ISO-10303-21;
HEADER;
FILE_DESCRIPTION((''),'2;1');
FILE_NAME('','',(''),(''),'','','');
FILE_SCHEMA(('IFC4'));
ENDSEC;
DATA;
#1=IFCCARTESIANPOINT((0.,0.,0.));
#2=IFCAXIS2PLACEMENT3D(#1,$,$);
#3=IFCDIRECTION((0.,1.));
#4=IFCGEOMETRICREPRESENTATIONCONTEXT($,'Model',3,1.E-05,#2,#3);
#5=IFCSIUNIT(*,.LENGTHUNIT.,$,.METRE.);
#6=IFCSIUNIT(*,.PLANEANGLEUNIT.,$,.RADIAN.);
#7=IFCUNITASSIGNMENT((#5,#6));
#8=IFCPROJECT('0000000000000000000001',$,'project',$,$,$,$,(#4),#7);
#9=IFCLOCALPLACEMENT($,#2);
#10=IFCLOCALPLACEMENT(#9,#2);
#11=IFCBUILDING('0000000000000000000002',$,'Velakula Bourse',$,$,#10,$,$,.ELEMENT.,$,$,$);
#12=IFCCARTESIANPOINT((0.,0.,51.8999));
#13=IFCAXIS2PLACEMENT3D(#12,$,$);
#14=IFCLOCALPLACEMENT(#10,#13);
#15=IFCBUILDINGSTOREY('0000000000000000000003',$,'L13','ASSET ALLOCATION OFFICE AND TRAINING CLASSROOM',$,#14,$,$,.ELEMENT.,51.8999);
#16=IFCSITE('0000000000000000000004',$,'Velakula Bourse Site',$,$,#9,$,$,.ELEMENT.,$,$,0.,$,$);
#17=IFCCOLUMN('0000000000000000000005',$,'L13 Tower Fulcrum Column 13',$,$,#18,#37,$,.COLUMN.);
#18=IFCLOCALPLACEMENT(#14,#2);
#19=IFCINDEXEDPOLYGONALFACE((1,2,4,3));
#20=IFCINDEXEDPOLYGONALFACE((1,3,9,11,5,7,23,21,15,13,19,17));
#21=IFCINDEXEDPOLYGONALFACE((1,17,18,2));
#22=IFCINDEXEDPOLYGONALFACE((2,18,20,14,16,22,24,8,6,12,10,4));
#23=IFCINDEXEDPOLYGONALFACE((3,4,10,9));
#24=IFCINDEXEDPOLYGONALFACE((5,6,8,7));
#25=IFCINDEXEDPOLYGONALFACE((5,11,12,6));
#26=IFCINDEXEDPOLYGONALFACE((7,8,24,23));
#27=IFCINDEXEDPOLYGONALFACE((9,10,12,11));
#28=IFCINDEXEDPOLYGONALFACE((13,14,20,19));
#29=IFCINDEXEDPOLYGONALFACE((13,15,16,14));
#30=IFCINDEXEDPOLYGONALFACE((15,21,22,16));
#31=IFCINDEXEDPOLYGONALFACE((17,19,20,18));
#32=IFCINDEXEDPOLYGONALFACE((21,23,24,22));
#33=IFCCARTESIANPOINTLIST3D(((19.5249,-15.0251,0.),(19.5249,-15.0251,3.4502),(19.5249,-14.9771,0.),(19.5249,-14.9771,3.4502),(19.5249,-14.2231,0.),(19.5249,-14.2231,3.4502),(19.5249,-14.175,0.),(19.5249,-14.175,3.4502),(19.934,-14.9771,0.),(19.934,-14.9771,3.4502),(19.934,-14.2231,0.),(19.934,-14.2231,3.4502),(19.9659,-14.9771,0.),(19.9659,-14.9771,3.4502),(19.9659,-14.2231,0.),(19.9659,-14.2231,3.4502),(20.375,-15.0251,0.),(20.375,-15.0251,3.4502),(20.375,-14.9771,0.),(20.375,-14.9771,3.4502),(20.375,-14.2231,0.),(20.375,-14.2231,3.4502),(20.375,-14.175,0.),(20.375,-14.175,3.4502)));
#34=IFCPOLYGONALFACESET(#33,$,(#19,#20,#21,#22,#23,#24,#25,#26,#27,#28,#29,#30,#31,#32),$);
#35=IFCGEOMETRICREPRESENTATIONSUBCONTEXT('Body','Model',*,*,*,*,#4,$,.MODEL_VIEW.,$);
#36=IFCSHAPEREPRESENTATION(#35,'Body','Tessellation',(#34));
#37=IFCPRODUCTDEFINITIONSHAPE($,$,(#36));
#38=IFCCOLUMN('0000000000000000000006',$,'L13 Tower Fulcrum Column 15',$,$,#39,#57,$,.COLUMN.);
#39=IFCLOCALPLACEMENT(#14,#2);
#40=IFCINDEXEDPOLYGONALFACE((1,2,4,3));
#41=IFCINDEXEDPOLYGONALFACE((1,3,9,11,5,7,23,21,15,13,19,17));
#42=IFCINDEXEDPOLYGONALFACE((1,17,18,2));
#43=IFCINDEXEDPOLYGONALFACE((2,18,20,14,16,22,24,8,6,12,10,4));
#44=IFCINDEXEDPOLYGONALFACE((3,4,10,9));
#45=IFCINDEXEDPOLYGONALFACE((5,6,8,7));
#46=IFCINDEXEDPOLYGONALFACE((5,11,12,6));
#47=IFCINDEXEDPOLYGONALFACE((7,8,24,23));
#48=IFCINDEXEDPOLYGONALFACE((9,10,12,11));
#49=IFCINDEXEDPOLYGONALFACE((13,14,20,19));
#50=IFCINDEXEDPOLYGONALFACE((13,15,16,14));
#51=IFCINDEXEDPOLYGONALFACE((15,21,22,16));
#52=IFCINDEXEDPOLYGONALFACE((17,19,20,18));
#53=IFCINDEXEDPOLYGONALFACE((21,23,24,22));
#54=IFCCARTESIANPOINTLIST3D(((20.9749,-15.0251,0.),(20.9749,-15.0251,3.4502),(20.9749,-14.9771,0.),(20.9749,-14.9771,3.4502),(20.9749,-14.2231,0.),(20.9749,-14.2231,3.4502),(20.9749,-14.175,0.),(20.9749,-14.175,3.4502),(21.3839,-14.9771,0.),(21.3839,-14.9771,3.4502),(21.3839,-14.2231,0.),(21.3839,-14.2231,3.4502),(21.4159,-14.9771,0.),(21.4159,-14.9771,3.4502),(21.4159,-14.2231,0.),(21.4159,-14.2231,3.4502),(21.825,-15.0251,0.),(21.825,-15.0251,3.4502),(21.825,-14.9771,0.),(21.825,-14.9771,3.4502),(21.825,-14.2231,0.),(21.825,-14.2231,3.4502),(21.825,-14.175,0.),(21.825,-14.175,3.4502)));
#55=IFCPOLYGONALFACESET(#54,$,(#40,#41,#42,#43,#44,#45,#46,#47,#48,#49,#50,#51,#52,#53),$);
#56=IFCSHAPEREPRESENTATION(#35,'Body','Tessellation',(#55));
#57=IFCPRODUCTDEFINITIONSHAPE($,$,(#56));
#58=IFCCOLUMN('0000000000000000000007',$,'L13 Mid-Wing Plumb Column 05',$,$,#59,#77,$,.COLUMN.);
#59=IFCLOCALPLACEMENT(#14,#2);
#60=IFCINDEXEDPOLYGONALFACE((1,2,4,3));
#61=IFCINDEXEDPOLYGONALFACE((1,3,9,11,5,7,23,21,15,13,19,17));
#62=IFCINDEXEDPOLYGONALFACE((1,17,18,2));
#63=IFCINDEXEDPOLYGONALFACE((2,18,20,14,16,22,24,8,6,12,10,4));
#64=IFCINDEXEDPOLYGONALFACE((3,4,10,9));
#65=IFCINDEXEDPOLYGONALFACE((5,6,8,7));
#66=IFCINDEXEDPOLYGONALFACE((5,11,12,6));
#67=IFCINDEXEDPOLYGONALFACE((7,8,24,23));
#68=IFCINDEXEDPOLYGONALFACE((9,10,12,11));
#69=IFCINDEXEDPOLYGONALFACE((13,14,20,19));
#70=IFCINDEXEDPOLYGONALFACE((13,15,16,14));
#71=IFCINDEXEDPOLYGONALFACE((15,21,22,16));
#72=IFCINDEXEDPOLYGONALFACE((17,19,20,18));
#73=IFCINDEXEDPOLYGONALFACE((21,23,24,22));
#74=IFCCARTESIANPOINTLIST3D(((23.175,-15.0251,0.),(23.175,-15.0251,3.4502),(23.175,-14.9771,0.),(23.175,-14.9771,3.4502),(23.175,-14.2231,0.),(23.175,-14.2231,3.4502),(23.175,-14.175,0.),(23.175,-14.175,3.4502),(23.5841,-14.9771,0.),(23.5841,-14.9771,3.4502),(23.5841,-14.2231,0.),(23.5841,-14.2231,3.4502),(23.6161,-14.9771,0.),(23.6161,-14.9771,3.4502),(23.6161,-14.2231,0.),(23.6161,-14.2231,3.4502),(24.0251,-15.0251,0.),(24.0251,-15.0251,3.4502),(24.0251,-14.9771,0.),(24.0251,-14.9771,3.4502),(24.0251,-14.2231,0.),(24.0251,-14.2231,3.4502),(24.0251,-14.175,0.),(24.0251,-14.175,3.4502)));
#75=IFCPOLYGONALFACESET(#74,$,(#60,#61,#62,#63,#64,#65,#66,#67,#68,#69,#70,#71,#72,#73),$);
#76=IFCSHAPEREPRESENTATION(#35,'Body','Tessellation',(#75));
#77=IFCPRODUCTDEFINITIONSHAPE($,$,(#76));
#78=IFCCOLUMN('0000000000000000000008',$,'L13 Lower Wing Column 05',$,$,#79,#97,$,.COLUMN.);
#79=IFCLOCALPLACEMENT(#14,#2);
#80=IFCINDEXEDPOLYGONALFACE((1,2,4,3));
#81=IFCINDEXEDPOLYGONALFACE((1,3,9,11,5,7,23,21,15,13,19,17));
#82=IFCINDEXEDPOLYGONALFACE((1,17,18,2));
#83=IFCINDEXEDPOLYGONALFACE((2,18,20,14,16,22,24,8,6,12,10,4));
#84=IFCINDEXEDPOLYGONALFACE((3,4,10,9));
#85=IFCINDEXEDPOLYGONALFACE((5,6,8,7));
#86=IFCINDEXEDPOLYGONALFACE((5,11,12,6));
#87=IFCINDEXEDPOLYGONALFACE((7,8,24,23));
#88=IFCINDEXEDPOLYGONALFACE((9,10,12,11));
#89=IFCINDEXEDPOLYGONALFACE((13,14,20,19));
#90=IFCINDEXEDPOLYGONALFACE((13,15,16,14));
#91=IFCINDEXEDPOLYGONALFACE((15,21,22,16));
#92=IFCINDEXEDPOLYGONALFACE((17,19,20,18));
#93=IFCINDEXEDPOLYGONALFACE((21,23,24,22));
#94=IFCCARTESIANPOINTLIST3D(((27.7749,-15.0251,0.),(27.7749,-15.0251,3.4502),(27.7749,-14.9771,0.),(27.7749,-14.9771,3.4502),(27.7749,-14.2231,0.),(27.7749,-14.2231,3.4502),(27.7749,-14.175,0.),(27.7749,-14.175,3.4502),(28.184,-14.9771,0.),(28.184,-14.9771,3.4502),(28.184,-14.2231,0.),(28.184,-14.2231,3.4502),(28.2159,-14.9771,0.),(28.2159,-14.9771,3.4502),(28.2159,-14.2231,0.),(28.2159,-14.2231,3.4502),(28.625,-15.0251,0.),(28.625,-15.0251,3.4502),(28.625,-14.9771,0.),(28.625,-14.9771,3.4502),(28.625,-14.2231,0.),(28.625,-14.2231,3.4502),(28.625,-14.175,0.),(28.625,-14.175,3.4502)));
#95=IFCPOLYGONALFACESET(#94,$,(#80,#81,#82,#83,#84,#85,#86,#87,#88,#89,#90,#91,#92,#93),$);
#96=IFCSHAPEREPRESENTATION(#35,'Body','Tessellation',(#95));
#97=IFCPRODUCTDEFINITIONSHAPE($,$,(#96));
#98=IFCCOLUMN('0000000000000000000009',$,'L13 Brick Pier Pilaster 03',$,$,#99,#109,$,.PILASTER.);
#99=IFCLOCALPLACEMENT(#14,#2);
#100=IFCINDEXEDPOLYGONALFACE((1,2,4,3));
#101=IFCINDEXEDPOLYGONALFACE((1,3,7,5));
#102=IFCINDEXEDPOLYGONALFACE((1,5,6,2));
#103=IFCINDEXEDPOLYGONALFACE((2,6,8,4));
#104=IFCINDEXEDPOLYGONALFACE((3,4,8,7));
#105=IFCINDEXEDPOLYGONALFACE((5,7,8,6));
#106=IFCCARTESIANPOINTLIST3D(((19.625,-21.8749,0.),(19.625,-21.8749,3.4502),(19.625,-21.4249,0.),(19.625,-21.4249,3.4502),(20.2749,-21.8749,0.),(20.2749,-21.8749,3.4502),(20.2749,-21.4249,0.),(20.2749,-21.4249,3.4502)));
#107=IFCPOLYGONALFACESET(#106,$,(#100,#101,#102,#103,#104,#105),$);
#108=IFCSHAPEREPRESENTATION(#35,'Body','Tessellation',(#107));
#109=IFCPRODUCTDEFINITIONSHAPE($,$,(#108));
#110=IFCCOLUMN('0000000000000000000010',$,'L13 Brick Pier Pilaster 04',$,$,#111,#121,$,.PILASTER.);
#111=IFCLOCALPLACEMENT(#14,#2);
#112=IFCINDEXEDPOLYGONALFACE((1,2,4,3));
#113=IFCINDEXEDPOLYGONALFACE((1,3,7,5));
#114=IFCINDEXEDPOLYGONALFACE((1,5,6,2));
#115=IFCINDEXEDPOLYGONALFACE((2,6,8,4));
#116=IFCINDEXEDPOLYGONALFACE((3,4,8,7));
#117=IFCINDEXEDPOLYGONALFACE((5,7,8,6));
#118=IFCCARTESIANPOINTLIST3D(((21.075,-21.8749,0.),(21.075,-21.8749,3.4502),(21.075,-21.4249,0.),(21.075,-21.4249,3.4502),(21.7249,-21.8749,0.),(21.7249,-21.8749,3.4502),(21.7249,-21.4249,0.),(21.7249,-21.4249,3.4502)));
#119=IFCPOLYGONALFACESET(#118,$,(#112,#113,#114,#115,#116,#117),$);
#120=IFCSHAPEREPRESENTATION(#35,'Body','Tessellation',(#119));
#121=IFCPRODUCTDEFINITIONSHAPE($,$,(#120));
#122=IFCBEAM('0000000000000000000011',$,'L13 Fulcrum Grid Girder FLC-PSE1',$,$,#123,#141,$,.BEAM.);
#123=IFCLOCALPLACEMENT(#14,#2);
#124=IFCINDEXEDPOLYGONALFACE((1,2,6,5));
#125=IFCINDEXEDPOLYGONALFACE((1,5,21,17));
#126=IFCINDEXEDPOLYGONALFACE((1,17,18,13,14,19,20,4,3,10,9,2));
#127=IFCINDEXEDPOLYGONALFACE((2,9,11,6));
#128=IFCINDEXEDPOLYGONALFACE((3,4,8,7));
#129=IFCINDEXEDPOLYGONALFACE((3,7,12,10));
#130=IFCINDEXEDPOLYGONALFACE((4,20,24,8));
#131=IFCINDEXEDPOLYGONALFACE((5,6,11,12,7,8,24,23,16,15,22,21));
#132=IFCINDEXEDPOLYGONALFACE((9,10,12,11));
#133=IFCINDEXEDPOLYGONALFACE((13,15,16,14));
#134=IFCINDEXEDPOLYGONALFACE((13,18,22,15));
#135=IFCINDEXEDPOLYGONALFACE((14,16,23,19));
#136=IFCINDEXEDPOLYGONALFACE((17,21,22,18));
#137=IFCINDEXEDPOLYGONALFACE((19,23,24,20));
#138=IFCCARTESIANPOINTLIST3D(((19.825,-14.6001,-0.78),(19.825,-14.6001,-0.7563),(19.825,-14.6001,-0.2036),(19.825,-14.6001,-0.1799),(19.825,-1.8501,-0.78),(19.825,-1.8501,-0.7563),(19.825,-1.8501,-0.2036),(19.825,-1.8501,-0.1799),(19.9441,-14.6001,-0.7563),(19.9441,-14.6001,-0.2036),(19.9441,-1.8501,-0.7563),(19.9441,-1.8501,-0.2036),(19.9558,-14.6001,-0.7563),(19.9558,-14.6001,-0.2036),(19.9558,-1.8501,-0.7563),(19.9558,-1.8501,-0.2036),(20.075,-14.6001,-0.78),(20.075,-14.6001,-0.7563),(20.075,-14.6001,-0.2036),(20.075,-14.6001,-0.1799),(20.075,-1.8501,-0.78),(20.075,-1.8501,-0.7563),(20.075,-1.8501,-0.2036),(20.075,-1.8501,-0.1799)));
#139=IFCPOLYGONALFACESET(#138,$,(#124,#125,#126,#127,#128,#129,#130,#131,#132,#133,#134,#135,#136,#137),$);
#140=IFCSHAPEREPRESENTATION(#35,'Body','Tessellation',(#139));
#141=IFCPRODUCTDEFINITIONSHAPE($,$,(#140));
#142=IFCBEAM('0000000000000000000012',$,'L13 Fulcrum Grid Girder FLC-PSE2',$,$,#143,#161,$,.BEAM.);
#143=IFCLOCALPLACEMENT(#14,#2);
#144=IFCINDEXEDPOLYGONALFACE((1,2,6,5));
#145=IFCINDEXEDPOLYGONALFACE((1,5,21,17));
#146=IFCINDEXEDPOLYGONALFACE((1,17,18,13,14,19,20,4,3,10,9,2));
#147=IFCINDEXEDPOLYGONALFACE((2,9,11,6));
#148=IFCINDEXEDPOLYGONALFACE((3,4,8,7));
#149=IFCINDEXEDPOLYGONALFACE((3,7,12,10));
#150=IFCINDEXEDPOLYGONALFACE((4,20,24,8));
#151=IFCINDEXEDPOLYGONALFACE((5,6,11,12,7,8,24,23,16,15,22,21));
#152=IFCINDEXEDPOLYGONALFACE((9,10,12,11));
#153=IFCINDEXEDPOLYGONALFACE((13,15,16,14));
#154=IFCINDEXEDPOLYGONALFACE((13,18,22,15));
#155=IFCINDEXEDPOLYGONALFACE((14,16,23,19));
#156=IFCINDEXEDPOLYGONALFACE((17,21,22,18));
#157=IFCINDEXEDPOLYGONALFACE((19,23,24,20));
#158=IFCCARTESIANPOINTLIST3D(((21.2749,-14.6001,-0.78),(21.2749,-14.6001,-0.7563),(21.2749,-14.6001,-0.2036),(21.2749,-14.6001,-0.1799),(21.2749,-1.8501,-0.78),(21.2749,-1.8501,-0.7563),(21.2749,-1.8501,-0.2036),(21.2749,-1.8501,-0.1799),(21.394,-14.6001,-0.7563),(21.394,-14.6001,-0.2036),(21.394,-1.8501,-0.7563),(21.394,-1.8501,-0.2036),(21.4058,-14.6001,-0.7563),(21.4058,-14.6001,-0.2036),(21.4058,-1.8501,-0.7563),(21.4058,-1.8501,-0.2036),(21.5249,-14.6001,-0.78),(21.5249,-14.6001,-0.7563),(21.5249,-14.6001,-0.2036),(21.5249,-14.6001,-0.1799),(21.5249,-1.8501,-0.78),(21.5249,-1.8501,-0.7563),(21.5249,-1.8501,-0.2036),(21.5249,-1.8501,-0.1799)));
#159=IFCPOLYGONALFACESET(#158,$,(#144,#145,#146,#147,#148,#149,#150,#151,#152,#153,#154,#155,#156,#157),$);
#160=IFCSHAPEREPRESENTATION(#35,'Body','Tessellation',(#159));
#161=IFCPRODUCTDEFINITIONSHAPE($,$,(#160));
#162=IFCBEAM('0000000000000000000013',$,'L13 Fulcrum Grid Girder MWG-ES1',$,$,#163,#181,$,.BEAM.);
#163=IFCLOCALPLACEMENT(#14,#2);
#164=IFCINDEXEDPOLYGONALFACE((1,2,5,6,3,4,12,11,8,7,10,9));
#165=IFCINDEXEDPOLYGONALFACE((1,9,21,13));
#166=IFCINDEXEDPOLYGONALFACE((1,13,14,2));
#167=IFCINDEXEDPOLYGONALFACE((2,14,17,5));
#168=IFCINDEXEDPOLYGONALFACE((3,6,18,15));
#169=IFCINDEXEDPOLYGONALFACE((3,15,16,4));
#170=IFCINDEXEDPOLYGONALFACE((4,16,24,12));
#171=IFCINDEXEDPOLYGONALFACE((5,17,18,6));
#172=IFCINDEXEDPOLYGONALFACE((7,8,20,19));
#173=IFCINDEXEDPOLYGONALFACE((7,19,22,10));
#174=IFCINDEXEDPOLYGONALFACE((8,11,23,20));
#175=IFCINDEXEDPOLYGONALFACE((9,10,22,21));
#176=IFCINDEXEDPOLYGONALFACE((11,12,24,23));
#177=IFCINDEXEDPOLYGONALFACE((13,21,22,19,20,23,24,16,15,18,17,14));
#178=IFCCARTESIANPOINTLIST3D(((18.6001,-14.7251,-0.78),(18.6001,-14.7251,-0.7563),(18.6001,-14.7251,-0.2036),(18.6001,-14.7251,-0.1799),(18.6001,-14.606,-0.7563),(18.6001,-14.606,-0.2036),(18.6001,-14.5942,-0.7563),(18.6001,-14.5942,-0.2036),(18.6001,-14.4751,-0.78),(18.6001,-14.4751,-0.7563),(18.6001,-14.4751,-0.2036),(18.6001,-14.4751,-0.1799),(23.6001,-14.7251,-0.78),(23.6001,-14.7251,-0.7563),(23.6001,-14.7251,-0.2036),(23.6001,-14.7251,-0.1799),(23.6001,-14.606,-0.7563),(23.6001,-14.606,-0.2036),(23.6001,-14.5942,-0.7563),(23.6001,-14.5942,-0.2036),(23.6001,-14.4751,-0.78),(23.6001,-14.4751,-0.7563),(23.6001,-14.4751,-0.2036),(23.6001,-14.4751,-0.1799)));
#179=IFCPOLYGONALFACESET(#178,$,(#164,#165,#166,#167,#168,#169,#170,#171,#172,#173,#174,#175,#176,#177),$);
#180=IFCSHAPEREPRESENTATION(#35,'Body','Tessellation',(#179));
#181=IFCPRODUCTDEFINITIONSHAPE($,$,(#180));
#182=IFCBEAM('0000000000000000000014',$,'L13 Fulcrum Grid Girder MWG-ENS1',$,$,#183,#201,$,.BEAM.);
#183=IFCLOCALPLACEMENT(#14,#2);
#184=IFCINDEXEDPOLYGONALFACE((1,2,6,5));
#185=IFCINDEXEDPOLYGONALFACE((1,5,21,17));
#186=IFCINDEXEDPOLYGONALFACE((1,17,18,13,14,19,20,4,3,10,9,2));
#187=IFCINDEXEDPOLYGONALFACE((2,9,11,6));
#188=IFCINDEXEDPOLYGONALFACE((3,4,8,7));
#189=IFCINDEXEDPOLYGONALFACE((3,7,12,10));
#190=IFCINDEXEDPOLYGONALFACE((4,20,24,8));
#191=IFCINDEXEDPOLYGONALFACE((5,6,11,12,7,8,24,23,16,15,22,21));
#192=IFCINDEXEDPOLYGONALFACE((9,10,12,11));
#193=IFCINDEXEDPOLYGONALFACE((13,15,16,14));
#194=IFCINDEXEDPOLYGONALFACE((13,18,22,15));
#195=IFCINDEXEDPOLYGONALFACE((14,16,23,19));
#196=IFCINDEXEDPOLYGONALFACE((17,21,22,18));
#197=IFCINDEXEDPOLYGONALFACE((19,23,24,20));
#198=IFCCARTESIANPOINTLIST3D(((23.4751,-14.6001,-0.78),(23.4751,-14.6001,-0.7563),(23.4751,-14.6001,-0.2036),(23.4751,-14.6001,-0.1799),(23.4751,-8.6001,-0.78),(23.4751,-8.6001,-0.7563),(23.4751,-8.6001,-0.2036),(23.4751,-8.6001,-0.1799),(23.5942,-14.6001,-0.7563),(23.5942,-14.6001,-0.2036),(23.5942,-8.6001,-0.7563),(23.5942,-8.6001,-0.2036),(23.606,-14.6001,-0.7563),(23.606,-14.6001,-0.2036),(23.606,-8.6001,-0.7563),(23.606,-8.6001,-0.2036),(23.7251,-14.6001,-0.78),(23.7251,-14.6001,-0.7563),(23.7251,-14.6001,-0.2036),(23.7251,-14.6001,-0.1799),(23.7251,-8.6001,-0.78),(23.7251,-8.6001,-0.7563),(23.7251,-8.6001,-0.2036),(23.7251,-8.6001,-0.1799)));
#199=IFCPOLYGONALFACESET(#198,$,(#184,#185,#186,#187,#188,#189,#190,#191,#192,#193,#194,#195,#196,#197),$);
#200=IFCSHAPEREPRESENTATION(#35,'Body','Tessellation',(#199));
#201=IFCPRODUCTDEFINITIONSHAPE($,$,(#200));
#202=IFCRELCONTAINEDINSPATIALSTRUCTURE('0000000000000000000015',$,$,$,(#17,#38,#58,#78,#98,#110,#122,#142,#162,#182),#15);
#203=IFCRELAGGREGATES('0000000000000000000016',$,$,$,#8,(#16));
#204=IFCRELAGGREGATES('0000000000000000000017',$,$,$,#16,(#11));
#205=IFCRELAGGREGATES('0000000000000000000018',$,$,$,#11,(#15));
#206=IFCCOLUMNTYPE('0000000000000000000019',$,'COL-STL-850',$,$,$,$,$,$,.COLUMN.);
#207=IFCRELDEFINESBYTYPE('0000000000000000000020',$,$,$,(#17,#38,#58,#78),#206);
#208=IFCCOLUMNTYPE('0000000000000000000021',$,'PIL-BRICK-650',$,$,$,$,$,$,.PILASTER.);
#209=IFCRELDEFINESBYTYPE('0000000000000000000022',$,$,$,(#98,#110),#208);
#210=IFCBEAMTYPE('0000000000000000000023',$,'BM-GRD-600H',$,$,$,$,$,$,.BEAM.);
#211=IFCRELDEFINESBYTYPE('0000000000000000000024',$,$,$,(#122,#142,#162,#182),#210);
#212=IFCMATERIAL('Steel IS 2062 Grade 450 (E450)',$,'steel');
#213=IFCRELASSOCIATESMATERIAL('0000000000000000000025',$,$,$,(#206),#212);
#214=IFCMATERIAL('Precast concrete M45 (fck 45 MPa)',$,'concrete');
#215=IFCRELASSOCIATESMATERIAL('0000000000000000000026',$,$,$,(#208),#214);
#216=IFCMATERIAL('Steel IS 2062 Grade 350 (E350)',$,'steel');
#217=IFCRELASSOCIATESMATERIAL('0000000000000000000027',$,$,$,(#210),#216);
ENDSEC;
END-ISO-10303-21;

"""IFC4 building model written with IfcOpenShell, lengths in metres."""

from ifc_helpers import new_model, si_unit, direction, frame, origin, origin_2d, place, context, subcontext, project, spatial, rectangle, i_section, extrude, material, material_profile, profile_set, type_object, element, save


model = new_model("IFC4")

# Units and contexts
model_context = context("Model", 3, precision=1e-05, world=origin(), true_north=direction((0.0, 1.0)))
body_context = subcontext(model_context, "Body", "Model", "MODEL_VIEW")
ifc_project = project(units=[si_unit("LENGTHUNIT", "METRE"), si_unit("PLANEANGLEUNIT", "RADIAN")], contexts=[model_context])

# Site, building, storey
site_placement = place(None, origin())
site = spatial("IfcSite", under=ifc_project, at=site_placement, Name="Velakula Bourse Site", CompositionType="ELEMENT", RefElevation=0.0)
building_placement = place(site_placement, origin())
building = spatial("IfcBuilding", under=site, at=building_placement, Name="Velakula Bourse", CompositionType="ELEMENT")
storey_placement = place(building_placement, frame((0.0, 0.0, 51.8999)))
storey = spatial("IfcBuildingStorey", under=building, at=storey_placement, Name="L13", Description="ASSET ALLOCATION OFFICE AND TRAINING CLASSROOM", CompositionType="ELEMENT", Elevation=51.8999)

# Columns
ifc_material_1 = material(Name="Steel IS 2062 Grade 450 (E450)", Category="steel")
ifc_material_profile_1 = material_profile(ifc_material_1, i_section(OverallWidth=0.8501, OverallDepth=0.8501, WebThickness=0.032, FlangeThickness=0.0481, at=origin_2d()), Name="Steel IS 2062 Grade 450 (E450)")
ifc_profile_set_1 = profile_set([ifc_material_profile_1], Name="Steel IS 2062 Grade 450 (E450)")
column_type_1 = type_object("IfcColumnType", Name="COL-STL-850", PredefinedType="COLUMN", material=ifc_profile_set_1)
for number, where, z_axis, x_axis, name in (
    (1, (19.95, -14.6001, 0.0), (0.0, 0.0, 1.0), (1.0, 0.0, 0.0), "L13 Tower Fulcrum Column 13"),
    (2, (21.3999, -14.6001, 0.0), (0.0, 0.0, 1.0), (1.0, 0.0, 0.0), "L13 Tower Fulcrum Column 15"),
    (3, (23.6001, -14.6001, 0.0), (0.0, 0.0, 1.0), (1.0, 0.0, 0.0), "L13 Mid-Wing Plumb Column 05"),
    (4, (28.2, -14.6001, 0.0), (0.0, 0.0, 1.0), (1.0, 0.0, 0.0), "L13 Lower Wing Column 05"),
):
    element("IfcColumn", number, at=place(storey_placement, frame(where, z_axis=z_axis, x_axis=x_axis)), inside=storey, type_object=column_type_1, Name=name, PredefinedType="COLUMN", context=body_context, shape_type="SweptSolid", body=[
        extrude(i_section(OverallWidth=0.8501, OverallDepth=0.8501, WebThickness=0.032, FlangeThickness=0.0481, at=origin_2d()), origin(), (0.0, 0.0, 1.0), 3.4502),
    ])
ifc_material_2 = material(Name="Precast concrete M45 (fck 45 MPa)", Category="concrete")
ifc_material_profile_2 = material_profile(ifc_material_2, rectangle(XDim=0.6499, YDim=0.45, at=origin_2d()), Name="Precast concrete M45 (fck 45 MPa)")
ifc_profile_set_2 = profile_set([ifc_material_profile_2], Name="Precast concrete M45 (fck 45 MPa)")
column_type_2 = type_object("IfcColumnType", Name="PIL-BRICK-650", PredefinedType="PILASTER", material=ifc_profile_set_2)
for number, where, z_axis, x_axis, name in (
    (5, (19.95, -21.6499, 0.0), (0.0, 0.0, 1.0), (1.0, 0.0, 0.0), "L13 Brick Pier Pilaster 03"),
    (6, (21.3999, -21.6499, 0.0), (0.0, 0.0, 1.0), (1.0, 0.0, 0.0), "L13 Brick Pier Pilaster 04"),
):
    element("IfcColumn", number, at=place(storey_placement, frame(where, z_axis=z_axis, x_axis=x_axis)), inside=storey, type_object=column_type_2, Name=name, PredefinedType="PILASTER", context=body_context, shape_type="SweptSolid", body=[
        extrude(rectangle(XDim=0.6499, YDim=0.45, at=origin_2d()), origin(), (0.0, 0.0, 1.0), 3.4502),
    ])

# Beams
ifc_material_3 = material(Name="Steel IS 2062 Grade 350 (E350)", Category="steel")
ifc_material_profile_3 = material_profile(ifc_material_3, i_section(OverallWidth=0.25, OverallDepth=0.6001, WebThickness=0.0117, FlangeThickness=0.0237, at=origin_2d()), Name="Steel IS 2062 Grade 350 (E350)")
ifc_profile_set_3 = profile_set([ifc_material_profile_3], Name="Steel IS 2062 Grade 350 (E350)")
beam_type_1 = type_object("IfcBeamType", Name="BM-GRD-600H", PredefinedType="BEAM", material=ifc_profile_set_3)
for number, where, z_axis, x_axis, name in (
    (7, (19.95, -14.6001, -0.48), (0.0, 1.0, 0.0), (-1.0, 0.0, 0.0), "L13 Fulcrum Grid Girder FLC-PSE1"),
    (8, (21.3999, -14.6001, -0.48), (0.0, 1.0, 0.0), (-1.0, 0.0, 0.0), "L13 Fulcrum Grid Girder FLC-PSE2"),
):
    element("IfcBeam", number, at=place(storey_placement, frame(where, z_axis=z_axis, x_axis=x_axis)), inside=storey, type_object=beam_type_1, Name=name, PredefinedType="BEAM", context=body_context, shape_type="SweptSolid", body=[
        extrude(i_section(OverallWidth=0.25, OverallDepth=0.6001, WebThickness=0.0117, FlangeThickness=0.0237, at=origin_2d()), origin(), (0.0, 0.0, 1.0), 12.75),
    ])
beam_1_placement = place(storey_placement, frame((18.6001, -14.6001, -0.48), z_axis=(1.0, 0.0, 0.0), x_axis=(0.0, 1.0, 0.0)))
element("IfcBeam", 9, at=beam_1_placement, inside=storey, type_object=beam_type_1, Name="L13 Fulcrum Grid Girder MWG-ES1", PredefinedType="BEAM", context=body_context, shape_type="SweptSolid", body=[
    extrude(i_section(OverallWidth=0.25, OverallDepth=0.6001, WebThickness=0.0117, FlangeThickness=0.0237, at=origin_2d()), origin(), (0.0, 0.0, 1.0), 5.0),
])
beam_2_placement = place(storey_placement, frame((23.6001, -14.6001, -0.48), z_axis=(0.0, 1.0, 0.0), x_axis=(-1.0, 0.0, 0.0)))
element("IfcBeam", 10, at=beam_2_placement, inside=storey, type_object=beam_type_1, Name="L13 Fulcrum Grid Girder MWG-ENS1", PredefinedType="BEAM", context=body_context, shape_type="SweptSolid", body=[
    extrude(i_section(OverallWidth=0.25, OverallDepth=0.6001, WebThickness=0.0117, FlangeThickness=0.0237, at=origin_2d()), origin(), (0.0, 0.0, 1.0), 6.0),
])

save(model, "model.ifc")
